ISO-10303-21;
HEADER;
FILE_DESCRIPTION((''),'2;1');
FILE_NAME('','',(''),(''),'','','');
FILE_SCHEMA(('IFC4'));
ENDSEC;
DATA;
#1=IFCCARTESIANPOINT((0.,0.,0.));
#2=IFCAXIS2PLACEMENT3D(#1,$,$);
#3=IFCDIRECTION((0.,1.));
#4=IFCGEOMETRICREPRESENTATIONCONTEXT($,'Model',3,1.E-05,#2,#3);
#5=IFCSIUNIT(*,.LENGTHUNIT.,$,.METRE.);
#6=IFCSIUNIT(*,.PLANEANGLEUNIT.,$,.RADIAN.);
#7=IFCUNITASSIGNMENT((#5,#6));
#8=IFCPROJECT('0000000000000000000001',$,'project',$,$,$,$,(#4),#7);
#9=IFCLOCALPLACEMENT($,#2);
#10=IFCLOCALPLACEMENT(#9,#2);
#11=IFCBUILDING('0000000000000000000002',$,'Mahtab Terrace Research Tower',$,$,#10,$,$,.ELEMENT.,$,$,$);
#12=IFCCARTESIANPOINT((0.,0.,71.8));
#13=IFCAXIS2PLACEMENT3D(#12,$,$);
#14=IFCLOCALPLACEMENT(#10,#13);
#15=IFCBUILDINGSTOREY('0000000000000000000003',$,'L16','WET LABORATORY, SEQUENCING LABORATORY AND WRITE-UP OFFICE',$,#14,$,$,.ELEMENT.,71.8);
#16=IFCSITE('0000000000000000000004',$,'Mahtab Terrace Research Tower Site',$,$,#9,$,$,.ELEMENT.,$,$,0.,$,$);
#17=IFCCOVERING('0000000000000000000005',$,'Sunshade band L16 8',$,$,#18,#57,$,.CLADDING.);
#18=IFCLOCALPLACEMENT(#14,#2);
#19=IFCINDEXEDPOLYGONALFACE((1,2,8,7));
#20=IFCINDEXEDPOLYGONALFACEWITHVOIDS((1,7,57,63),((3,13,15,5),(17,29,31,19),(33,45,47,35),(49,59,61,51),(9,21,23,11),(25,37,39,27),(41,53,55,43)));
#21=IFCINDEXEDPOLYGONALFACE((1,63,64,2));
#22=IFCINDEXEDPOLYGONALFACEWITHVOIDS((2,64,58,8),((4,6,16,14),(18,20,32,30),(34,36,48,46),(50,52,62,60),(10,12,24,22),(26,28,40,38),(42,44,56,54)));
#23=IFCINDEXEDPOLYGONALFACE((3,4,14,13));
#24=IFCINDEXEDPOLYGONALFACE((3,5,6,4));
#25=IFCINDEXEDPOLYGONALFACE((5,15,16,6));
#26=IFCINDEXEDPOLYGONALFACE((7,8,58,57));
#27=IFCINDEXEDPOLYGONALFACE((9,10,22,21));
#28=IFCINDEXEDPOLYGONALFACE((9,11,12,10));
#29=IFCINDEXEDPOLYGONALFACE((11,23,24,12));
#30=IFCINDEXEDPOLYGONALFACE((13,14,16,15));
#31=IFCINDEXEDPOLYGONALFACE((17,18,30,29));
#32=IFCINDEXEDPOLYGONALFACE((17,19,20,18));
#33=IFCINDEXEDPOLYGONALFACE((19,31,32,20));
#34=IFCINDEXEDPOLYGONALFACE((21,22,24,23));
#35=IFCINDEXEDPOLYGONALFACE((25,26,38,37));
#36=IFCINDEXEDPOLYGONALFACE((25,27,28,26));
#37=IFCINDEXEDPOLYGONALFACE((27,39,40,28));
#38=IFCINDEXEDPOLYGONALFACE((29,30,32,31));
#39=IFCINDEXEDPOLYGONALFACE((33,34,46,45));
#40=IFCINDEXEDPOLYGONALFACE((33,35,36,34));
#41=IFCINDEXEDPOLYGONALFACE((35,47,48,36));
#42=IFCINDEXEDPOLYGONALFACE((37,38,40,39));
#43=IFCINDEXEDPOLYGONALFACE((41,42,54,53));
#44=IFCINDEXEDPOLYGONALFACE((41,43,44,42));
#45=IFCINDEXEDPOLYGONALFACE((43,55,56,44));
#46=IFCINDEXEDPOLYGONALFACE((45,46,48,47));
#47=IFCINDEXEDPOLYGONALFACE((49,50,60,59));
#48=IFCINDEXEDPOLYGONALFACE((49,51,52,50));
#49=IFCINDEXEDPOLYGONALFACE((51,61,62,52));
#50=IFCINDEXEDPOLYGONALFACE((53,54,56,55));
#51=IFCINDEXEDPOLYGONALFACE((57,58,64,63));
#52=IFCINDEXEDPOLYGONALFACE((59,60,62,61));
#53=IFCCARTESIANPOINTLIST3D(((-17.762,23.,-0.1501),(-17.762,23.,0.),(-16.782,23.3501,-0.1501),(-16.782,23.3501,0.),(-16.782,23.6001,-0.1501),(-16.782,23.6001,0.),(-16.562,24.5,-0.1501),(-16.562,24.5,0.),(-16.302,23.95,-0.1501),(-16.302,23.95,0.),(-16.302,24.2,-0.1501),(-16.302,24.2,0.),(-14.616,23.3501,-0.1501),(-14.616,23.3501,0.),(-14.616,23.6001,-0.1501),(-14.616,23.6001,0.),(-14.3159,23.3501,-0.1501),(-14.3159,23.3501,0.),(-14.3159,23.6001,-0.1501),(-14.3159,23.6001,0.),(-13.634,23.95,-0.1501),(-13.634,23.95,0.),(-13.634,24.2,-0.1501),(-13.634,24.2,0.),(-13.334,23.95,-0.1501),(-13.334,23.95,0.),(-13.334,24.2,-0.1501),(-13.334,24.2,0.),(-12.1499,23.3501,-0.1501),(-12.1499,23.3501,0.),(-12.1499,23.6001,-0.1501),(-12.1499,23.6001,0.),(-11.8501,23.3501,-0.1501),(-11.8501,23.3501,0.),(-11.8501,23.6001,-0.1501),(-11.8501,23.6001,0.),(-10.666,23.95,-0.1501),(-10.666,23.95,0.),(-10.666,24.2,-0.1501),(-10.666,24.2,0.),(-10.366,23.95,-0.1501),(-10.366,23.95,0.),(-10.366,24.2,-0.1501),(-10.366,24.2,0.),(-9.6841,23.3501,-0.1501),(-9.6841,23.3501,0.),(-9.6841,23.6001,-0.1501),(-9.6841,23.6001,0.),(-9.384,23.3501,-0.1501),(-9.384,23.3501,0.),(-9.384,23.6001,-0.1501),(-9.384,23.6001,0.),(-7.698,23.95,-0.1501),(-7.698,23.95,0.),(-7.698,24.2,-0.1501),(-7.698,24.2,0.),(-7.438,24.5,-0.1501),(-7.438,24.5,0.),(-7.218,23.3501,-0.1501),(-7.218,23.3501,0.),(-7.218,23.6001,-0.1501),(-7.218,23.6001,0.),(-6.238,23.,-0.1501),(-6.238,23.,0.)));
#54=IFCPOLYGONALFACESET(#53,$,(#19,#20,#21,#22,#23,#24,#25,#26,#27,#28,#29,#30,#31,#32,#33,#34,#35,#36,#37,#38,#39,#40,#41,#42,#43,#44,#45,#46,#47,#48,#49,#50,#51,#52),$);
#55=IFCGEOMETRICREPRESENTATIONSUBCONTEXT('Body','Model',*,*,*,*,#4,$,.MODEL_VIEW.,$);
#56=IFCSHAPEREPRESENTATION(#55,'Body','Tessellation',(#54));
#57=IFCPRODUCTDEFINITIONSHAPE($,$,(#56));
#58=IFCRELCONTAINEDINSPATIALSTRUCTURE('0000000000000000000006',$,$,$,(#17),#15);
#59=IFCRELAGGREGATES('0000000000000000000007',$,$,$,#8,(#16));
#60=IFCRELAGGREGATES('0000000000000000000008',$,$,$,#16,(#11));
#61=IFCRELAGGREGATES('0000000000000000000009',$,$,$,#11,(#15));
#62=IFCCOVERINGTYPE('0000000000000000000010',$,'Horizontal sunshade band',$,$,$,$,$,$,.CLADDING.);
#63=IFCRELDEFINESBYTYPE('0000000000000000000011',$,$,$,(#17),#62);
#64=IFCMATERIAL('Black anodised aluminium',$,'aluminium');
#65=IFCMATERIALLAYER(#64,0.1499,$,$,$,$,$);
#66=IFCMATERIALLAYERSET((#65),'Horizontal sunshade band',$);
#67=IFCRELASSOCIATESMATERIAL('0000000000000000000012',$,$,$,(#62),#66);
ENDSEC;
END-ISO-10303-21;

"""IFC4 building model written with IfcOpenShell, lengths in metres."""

from ifc_helpers import new_model, si_unit, direction, frame, origin, place, context, subcontext, project, spatial, polyline, outline, extrude, material, layer, layer_set, type_object, element, save


model = new_model("IFC4")

# Units and contexts
model_context = context("Model", 3, precision=1e-05, world=origin(), true_north=direction((0.0, 1.0)))
body_context = subcontext(model_context, "Body", "Model", "MODEL_VIEW")
ifc_project = project(units=[si_unit("LENGTHUNIT", "METRE"), si_unit("PLANEANGLEUNIT", "RADIAN")], contexts=[model_context])

# Site, building, storey
site_placement = place(None, origin())
site = spatial("IfcSite", under=ifc_project, at=site_placement, Name="Mahtab Terrace Research Tower Site", CompositionType="ELEMENT", RefElevation=0.0)
building_placement = place(site_placement, origin())
building = spatial("IfcBuilding", under=site, at=building_placement, Name="Mahtab Terrace Research Tower", CompositionType="ELEMENT")
storey_placement = place(building_placement, frame((0.0, 0.0, 71.8)))
storey = spatial("IfcBuildingStorey", under=building, at=storey_placement, Name="L16", Description="WET LABORATORY, SEQUENCING LABORATORY AND WRITE-UP OFFICE", CompositionType="ELEMENT", Elevation=71.8)

# Covering
ifc_material_1 = material(Name="Black anodised aluminium", Category="aluminium")
ifc_layer_1 = layer(ifc_material_1, 0.1499)
ifc_layer_set_1 = layer_set([ifc_layer_1], Name="Horizontal sunshade band")
covering_type = type_object("IfcCoveringType", Name="Horizontal sunshade band", PredefinedType="CLADDING", material=ifc_layer_set_1)
covering_1_placement = place(storey_placement, frame((0.0, 0.0, -0.1501)))
element("IfcCovering", 1, at=covering_1_placement, inside=storey, type_object=covering_type, Name="Sunshade band L16 8", PredefinedType="CLADDING", context=body_context, shape_type="SweptSolid", body=[
    extrude(outline(polyline([(-6.238, 23.0), (-17.762, 23.0), (-16.562, 24.5), (-7.438, 24.5), (-6.238, 23.0)]), holes=[polyline([(-7.218, 23.3501), (-9.384, 23.3501), (-9.384, 23.6001), (-7.218, 23.6001), (-7.218, 23.3501)]), polyline([(-9.6841, 23.3501), (-11.8501, 23.3501), (-11.8501, 23.6001), (-9.6841, 23.6001), (-9.6841, 23.3501)]), polyline([(-12.1499, 23.3501), (-14.3159, 23.3501), (-14.3159, 23.6001), (-12.1499, 23.6001), (-12.1499, 23.3501)]), polyline([(-14.616, 23.3501), (-16.782, 23.3501), (-16.782, 23.6001), (-14.616, 23.6001), (-14.616, 23.3501)]), polyline([(-7.698, 23.95), (-10.366, 23.95), (-10.366, 24.2), (-7.698, 24.2), (-7.698, 23.95)]), polyline([(-10.666, 23.95), (-13.334, 23.95), (-13.334, 24.2), (-10.666, 24.2), (-10.666, 23.95)]), polyline([(-13.634, 23.95), (-16.302, 23.95), (-16.302, 24.2), (-13.634, 24.2), (-13.634, 23.95)])]), origin(), (0.0, 0.0, 1.0), 0.1501),
])

save(model, "model.ifc")
